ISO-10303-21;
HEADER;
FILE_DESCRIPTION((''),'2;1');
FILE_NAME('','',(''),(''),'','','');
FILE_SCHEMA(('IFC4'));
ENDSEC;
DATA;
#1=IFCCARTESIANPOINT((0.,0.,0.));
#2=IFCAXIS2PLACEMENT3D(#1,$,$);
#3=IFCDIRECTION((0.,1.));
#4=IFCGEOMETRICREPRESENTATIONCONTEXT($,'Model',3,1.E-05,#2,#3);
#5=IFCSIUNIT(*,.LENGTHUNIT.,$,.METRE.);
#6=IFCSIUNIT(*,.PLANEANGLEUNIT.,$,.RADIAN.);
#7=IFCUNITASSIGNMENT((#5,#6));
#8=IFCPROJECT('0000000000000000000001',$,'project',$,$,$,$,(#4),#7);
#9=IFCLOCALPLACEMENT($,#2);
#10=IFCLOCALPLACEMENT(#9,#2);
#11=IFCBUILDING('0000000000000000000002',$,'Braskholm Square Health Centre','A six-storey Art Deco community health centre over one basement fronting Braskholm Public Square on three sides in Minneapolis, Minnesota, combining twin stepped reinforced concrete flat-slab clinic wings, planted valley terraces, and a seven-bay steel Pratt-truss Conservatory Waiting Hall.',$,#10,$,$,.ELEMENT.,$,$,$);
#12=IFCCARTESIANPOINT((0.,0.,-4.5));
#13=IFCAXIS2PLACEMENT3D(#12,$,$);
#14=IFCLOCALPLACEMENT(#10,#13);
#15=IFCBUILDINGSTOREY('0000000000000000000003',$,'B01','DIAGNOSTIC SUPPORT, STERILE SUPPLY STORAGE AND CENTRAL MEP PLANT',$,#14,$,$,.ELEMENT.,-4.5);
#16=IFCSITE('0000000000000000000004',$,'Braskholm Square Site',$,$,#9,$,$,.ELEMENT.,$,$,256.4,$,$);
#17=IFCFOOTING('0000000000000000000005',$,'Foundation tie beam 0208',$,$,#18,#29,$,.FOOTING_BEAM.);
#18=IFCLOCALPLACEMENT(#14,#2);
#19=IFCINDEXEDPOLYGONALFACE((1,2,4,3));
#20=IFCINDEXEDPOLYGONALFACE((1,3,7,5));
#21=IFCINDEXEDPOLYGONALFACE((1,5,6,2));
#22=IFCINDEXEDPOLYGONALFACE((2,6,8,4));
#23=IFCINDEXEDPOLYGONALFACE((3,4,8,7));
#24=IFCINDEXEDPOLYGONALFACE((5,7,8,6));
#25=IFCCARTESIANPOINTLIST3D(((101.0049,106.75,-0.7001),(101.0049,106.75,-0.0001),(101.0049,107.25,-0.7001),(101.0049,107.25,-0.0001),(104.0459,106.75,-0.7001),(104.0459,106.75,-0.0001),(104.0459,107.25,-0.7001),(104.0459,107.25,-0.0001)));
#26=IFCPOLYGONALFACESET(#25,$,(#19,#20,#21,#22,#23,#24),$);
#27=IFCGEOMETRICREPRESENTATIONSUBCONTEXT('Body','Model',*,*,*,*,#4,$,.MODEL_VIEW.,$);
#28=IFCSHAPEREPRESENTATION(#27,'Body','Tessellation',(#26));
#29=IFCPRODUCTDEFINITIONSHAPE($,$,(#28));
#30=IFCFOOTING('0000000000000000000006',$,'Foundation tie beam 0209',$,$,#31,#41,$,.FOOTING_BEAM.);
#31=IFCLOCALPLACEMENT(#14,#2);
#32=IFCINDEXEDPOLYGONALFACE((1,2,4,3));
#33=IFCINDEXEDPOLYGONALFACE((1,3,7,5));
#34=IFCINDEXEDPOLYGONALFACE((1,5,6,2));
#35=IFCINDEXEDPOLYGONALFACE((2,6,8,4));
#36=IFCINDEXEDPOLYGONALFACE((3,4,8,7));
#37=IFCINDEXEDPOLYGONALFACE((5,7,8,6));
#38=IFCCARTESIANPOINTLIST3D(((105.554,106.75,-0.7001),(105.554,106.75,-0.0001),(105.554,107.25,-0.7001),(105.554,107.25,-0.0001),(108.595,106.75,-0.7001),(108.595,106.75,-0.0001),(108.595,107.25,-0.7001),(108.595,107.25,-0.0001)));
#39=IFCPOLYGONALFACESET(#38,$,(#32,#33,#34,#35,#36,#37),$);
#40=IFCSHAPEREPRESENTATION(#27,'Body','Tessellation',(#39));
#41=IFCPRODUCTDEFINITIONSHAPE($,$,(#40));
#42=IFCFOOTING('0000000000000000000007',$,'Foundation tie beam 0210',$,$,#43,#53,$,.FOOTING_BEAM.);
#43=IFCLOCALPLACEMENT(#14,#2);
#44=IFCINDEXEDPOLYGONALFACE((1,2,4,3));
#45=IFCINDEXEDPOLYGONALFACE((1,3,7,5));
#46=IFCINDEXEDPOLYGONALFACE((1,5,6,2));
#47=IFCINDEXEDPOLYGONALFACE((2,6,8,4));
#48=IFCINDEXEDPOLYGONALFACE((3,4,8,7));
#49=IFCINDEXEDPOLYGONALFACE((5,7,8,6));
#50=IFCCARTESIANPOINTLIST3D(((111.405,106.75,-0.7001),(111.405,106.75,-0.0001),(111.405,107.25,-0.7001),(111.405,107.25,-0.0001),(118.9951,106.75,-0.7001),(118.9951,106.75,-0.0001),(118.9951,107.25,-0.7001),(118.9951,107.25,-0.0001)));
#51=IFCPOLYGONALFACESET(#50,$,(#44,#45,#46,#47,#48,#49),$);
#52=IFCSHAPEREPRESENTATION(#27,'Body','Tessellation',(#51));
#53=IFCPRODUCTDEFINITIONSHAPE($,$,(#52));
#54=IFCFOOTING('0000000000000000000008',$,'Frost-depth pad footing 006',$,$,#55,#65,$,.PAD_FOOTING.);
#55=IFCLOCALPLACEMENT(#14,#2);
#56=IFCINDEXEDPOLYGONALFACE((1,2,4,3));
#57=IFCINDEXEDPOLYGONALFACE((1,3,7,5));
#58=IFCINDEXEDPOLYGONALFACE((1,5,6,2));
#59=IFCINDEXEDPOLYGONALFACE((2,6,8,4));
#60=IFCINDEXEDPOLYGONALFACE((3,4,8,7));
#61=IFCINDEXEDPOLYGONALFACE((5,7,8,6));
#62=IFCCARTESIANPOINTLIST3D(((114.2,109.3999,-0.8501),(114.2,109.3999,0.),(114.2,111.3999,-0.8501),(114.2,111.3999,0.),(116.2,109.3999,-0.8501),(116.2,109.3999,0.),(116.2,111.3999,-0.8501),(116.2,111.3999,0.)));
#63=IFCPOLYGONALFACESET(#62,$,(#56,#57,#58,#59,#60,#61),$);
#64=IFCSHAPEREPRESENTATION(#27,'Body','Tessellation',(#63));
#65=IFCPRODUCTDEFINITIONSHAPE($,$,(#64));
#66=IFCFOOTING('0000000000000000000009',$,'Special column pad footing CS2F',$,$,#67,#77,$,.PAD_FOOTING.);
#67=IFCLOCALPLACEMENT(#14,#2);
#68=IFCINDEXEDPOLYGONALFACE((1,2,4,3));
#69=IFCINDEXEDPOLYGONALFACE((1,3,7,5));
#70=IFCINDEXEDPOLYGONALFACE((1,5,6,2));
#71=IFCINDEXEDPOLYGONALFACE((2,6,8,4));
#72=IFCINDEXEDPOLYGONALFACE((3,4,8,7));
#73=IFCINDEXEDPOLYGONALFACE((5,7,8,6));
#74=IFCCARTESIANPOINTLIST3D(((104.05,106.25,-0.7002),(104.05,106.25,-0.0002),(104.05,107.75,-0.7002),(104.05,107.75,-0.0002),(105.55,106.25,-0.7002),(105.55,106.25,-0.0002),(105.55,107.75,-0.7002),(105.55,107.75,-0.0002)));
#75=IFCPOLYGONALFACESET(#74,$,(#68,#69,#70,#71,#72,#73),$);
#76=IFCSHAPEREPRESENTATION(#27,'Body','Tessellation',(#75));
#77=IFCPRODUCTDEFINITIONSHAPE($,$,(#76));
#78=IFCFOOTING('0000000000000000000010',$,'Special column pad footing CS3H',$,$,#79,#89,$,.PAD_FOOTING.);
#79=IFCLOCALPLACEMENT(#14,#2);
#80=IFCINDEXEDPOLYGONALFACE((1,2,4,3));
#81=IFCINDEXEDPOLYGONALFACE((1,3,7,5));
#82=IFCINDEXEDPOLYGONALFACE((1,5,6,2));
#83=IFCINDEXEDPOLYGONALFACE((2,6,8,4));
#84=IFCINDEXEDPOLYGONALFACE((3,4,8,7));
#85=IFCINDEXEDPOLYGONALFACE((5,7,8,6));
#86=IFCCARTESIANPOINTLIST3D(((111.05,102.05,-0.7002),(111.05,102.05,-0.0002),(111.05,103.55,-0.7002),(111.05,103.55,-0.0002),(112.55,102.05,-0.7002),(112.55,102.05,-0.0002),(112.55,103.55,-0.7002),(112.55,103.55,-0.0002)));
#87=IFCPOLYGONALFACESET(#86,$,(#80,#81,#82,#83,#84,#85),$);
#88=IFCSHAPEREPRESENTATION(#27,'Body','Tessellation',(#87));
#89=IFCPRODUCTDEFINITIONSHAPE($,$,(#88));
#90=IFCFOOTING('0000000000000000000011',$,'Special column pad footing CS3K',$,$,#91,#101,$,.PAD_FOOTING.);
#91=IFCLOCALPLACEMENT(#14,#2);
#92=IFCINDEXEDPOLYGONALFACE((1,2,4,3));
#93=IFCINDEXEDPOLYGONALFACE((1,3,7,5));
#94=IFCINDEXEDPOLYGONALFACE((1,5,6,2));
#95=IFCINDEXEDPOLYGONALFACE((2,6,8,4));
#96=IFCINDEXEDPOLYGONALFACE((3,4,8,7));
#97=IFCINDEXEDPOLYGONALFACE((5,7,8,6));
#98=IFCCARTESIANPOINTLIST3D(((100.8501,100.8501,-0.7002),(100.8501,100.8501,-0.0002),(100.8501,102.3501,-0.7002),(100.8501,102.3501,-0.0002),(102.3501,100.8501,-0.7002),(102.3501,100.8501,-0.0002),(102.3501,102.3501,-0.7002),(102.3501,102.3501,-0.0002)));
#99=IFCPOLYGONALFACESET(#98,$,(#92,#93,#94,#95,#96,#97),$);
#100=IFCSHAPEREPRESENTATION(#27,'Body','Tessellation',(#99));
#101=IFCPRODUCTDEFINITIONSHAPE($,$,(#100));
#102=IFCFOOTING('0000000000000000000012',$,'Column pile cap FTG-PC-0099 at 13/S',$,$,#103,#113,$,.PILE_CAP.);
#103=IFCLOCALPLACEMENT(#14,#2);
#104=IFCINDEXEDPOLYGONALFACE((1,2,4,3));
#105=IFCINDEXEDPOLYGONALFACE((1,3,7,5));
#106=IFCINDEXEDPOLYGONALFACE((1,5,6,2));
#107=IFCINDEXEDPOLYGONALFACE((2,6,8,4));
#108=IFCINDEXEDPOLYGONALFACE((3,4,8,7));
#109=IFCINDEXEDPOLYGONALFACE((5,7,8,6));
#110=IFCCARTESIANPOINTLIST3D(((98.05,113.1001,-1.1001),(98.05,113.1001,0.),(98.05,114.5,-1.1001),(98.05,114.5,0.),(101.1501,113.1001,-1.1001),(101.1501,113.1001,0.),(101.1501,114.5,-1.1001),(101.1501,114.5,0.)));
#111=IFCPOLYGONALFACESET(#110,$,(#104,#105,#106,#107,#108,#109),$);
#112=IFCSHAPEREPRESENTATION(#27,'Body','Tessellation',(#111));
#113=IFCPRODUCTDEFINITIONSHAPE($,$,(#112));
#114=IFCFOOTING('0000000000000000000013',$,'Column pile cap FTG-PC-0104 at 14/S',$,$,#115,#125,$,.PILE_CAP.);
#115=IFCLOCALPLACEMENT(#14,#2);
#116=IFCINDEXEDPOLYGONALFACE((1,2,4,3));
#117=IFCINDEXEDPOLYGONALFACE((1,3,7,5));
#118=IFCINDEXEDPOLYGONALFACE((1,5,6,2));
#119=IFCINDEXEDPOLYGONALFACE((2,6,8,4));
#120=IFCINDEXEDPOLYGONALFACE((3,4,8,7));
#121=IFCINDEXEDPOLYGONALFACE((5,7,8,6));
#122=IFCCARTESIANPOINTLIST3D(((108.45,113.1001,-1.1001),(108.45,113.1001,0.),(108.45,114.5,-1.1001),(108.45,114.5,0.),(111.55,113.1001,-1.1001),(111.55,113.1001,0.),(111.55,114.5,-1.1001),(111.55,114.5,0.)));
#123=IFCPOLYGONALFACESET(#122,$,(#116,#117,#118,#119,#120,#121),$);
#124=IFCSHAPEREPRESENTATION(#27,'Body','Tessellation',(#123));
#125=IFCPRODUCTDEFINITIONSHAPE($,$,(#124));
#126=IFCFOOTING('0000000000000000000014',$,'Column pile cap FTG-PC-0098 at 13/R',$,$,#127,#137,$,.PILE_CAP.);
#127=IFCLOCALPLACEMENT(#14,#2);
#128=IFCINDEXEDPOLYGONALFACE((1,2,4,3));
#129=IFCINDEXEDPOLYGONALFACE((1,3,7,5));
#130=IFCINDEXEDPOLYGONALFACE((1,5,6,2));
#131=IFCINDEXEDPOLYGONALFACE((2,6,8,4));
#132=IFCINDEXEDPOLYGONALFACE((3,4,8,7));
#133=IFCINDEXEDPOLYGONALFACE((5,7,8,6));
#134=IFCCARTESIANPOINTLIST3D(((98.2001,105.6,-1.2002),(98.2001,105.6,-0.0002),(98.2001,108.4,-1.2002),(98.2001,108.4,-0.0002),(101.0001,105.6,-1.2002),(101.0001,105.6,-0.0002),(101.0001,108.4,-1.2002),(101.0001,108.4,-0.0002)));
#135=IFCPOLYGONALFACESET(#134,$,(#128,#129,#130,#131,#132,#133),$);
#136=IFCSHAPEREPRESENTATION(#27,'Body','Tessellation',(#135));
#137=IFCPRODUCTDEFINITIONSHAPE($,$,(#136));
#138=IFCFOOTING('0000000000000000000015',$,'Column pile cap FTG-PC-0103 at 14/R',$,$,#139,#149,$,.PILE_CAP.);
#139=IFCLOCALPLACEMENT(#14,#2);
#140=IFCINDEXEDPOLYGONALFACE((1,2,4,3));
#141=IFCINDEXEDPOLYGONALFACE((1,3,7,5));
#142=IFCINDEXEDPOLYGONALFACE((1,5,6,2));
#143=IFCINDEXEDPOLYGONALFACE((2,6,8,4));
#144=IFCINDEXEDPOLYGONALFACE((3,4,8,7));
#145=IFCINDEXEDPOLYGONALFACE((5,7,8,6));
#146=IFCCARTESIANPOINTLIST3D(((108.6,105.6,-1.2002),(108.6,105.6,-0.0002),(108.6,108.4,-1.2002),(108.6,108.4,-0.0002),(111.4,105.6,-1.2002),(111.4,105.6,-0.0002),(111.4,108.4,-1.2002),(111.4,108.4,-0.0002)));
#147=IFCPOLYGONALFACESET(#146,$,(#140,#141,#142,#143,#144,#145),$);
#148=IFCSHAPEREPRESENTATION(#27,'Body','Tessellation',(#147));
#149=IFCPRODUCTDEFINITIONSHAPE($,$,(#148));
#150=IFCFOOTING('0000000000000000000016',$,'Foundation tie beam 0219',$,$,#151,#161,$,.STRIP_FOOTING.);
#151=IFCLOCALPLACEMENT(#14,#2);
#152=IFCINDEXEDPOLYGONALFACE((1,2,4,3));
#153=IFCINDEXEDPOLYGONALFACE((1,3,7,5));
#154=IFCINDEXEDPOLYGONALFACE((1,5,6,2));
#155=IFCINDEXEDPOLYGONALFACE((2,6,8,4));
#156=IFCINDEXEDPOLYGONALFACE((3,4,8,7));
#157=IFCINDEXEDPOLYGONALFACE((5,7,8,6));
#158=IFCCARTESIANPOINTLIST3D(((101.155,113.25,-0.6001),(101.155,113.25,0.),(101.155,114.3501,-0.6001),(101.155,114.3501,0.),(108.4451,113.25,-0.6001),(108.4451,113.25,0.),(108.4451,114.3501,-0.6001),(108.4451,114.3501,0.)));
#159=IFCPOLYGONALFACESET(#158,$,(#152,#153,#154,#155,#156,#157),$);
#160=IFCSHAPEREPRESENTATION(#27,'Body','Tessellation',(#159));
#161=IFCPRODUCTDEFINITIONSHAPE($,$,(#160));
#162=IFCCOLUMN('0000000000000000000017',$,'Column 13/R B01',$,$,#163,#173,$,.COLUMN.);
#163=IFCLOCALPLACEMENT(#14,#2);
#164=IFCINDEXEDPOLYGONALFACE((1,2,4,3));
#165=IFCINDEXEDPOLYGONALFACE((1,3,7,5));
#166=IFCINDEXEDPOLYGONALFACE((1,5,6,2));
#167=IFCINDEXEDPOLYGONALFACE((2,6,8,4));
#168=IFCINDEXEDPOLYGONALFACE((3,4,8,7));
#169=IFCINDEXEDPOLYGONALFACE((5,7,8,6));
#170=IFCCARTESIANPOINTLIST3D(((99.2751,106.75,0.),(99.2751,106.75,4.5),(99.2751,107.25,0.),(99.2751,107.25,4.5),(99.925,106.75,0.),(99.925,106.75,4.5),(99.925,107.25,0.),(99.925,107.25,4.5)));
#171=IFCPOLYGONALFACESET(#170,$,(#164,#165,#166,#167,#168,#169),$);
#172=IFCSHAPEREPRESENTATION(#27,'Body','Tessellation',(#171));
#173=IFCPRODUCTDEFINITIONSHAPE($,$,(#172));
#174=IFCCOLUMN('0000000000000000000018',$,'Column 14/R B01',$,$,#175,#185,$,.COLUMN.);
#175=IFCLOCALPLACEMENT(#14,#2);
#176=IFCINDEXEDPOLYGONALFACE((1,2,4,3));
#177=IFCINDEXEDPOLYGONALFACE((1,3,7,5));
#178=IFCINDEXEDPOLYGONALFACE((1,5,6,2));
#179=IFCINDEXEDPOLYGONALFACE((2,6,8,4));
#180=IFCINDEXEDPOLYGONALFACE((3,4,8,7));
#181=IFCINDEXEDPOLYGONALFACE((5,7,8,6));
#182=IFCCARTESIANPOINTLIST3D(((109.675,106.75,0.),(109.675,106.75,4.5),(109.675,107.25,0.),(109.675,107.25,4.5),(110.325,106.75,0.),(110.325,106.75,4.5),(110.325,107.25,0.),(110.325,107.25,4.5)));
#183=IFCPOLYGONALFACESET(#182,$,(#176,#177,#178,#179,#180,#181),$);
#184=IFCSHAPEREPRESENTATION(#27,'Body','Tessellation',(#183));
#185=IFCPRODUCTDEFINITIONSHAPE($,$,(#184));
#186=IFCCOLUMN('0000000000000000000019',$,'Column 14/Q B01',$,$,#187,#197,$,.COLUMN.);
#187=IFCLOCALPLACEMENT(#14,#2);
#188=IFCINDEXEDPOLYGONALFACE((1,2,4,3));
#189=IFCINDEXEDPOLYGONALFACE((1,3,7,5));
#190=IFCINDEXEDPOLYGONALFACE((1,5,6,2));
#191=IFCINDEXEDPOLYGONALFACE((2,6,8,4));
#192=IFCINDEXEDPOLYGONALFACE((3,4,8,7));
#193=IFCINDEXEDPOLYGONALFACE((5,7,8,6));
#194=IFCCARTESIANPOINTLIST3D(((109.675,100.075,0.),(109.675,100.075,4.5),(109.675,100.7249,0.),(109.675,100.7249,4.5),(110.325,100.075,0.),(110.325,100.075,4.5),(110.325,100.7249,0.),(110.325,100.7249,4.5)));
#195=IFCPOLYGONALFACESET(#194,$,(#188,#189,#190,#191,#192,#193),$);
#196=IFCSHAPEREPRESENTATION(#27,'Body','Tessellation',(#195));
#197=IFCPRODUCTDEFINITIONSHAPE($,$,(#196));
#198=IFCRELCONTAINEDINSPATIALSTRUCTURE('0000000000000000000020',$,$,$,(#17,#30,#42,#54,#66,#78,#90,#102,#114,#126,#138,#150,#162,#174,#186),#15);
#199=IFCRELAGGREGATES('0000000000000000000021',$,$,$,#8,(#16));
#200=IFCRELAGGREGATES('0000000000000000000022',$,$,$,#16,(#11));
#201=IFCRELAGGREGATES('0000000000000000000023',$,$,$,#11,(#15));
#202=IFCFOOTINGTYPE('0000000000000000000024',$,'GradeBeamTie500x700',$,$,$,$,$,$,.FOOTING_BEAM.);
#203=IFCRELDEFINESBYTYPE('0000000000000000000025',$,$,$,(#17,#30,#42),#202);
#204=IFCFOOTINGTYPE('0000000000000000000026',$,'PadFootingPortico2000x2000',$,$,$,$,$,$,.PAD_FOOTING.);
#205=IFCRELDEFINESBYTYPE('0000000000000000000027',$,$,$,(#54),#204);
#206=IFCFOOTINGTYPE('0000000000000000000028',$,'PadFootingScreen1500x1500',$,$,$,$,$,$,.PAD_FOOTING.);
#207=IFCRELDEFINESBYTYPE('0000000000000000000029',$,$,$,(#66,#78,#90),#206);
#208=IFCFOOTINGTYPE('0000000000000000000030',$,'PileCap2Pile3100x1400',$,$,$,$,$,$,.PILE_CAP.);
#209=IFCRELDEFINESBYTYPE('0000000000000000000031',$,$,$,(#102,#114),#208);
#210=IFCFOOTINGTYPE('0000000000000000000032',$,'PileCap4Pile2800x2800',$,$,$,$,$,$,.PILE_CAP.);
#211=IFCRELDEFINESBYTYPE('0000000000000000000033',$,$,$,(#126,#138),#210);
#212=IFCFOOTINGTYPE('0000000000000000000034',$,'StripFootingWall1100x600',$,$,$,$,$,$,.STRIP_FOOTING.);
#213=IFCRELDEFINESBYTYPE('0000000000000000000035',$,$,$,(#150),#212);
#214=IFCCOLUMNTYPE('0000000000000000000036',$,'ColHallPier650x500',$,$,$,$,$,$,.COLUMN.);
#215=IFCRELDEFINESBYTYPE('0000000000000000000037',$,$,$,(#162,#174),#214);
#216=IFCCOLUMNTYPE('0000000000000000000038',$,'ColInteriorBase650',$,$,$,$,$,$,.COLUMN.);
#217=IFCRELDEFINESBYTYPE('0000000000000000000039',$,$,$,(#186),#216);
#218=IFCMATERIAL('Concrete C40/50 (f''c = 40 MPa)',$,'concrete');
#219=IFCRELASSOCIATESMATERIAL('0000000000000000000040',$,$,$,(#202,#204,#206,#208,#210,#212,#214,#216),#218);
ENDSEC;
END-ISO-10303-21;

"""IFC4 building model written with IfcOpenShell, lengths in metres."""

from ifc_helpers import new_model, si_unit, direction, frame, origin, origin_2d, place, context, subcontext, project, spatial, rectangle, extrude, material, material_profile, profile_set, type_object, element, save


model = new_model("IFC4")

# Units and contexts
model_context = context("Model", 3, precision=1e-05, world=origin(), true_north=direction((0.0, 1.0)))
body_context = subcontext(model_context, "Body", "Model", "MODEL_VIEW")
ifc_project = project(units=[si_unit("LENGTHUNIT", "METRE"), si_unit("PLANEANGLEUNIT", "RADIAN")], contexts=[model_context])

# Site, building, storey
site_placement = place(None, origin())
site = spatial("IfcSite", under=ifc_project, at=site_placement, Name="Braskholm Square Site", CompositionType="ELEMENT", RefElevation=256.4)
building_placement = place(site_placement, origin())
building = spatial("IfcBuilding", under=site, at=building_placement, Name="Braskholm Square Health Centre", Description="A six-storey Art Deco community health centre over one basement fronting Braskholm Public Square on three sides in Minneapolis, Minnesota, combining twin stepped reinforced concrete flat-slab clinic wings, planted valley terraces, and a seven-bay steel Pratt-truss Conservatory Waiting Hall.", CompositionType="ELEMENT")
storey_placement = place(building_placement, frame((0.0, 0.0, -4.5)))
storey = spatial("IfcBuildingStorey", under=building, at=storey_placement, Name="B01", Description="DIAGNOSTIC SUPPORT, STERILE SUPPLY STORAGE AND CENTRAL MEP PLANT", CompositionType="ELEMENT", Elevation=-4.5)

# Shared definitions
ifc_material_1 = material(Name="Concrete C40/50 (f'c = 40 MPa)", Category="concrete")

# Footings
ifc_material_profile_1 = material_profile(ifc_material_1, rectangle(XDim=0.5, YDim=0.7, at=origin_2d()), Name="FTG-500X700")
ifc_profile_set_1 = profile_set([ifc_material_profile_1], Name="Concrete C40/50 (f'c = 40 MPa)")
footing_type_1 = type_object("IfcFootingType", Name="GradeBeamTie500x700", PredefinedType="FOOTING_BEAM", material=ifc_profile_set_1)
for number, where, z_axis, x_axis, name in (
    (1, (101.0049, 107.0, -0.3501), (1.0, 0.0, 0.0), (0.0, 1.0, 0.0), "Foundation tie beam 0208"),
    (2, (105.554, 107.0, -0.3501), (1.0, 0.0, 0.0), (0.0, 1.0, 0.0), "Foundation tie beam 0209"),
):
    element("IfcFooting", number, at=place(storey_placement, frame(where, z_axis=z_axis, x_axis=x_axis)), inside=storey, type_object=footing_type_1, Name=name, PredefinedType="FOOTING_BEAM", context=body_context, shape_type="SweptSolid", body=[
        extrude(rectangle(XDim=0.5, YDim=0.7, at=origin_2d()), origin(), (0.0, 0.0, 1.0), 3.041),
    ])
footing_1_placement = place(storey_placement, frame((111.405, 107.0, -0.3501), z_axis=(1.0, 0.0, 0.0), x_axis=(0.0, 1.0, 0.0)))
element("IfcFooting", 3, at=footing_1_placement, inside=storey, type_object=footing_type_1, Name="Foundation tie beam 0210", PredefinedType="FOOTING_BEAM", context=body_context, shape_type="SweptSolid", body=[
    extrude(rectangle(XDim=0.5, YDim=0.7, at=origin_2d()), origin(), (0.0, 0.0, 1.0), 7.5901),
])
footing_type_2 = type_object("IfcFootingType", Name="PadFootingPortico2000x2000", PredefinedType="PAD_FOOTING", material=ifc_material_1)
footing_2_placement = place(storey_placement, frame((115.2, 110.3999, -0.8501), z_axis=(0.0, 0.0, 1.0), x_axis=(1.0, 0.0, 0.0)))
element("IfcFooting", 4, at=footing_2_placement, inside=storey, type_object=footing_type_2, Name="Frost-depth pad footing 006", PredefinedType="PAD_FOOTING", context=body_context, shape_type="SweptSolid", body=[
    extrude(rectangle(XDim=2.0, YDim=2.0, at=origin_2d()), origin(), (0.0, 0.0, 1.0), 0.8501),
])
footing_type_3 = type_object("IfcFootingType", Name="PadFootingScreen1500x1500", PredefinedType="PAD_FOOTING", material=ifc_material_1)
for number, where, z_axis, x_axis, name in (
    (5, (104.8, 107.0, -0.7002), (0.0, 0.0, 1.0), (1.0, 0.0, 0.0), "Special column pad footing CS2F"),
    (6, (111.8, 102.8, -0.7002), (0.0, 0.0, 1.0), (1.0, 0.0, 0.0), "Special column pad footing CS3H"),
    (7, (101.6001, 101.6001, -0.7002), (0.0, 0.0, 1.0), (1.0, 0.0, 0.0), "Special column pad footing CS3K"),
):
    element("IfcFooting", number, at=place(storey_placement, frame(where, z_axis=z_axis, x_axis=x_axis)), inside=storey, type_object=footing_type_3, Name=name, PredefinedType="PAD_FOOTING", context=body_context, shape_type="SweptSolid", body=[
        extrude(rectangle(XDim=1.5, YDim=1.5, at=origin_2d()), origin(), (0.0, 0.0, 1.0), 0.7),
    ])
footing_type_4 = type_object("IfcFootingType", Name="PileCap2Pile3100x1400", PredefinedType="PILE_CAP", material=ifc_material_1)
for number, where, z_axis, x_axis, name in (
    (8, (99.6001, 113.8, -1.1001), (0.0, 0.0, 1.0), (1.0, 0.0, 0.0), "Column pile cap FTG-PC-0099 at 13/S"),
    (9, (110.0, 113.8, -1.1001), (0.0, 0.0, 1.0), (1.0, 0.0, 0.0), "Column pile cap FTG-PC-0104 at 14/S"),
):
    element("IfcFooting", number, at=place(storey_placement, frame(where, z_axis=z_axis, x_axis=x_axis)), inside=storey, type_object=footing_type_4, Name=name, PredefinedType="PILE_CAP", context=body_context, shape_type="SweptSolid", body=[
        extrude(rectangle(XDim=3.1001, YDim=1.3999, at=origin_2d()), origin(), (0.0, 0.0, 1.0), 1.1001),
    ])
footing_type_5 = type_object("IfcFootingType", Name="PileCap4Pile2800x2800", PredefinedType="PILE_CAP", material=ifc_material_1)
for number, where, z_axis, x_axis, name in (
    (10, (99.6001, 107.0, -1.2002), (0.0, 0.0, 1.0), (1.0, 0.0, 0.0), "Column pile cap FTG-PC-0098 at 13/R"),
    (11, (110.0, 107.0, -1.2002), (0.0, 0.0, 1.0), (1.0, 0.0, 0.0), "Column pile cap FTG-PC-0103 at 14/R"),
):
    element("IfcFooting", number, at=place(storey_placement, frame(where, z_axis=z_axis, x_axis=x_axis)), inside=storey, type_object=footing_type_5, Name=name, PredefinedType="PILE_CAP", context=body_context, shape_type="SweptSolid", body=[
        extrude(rectangle(XDim=2.8, YDim=2.8, at=origin_2d()), origin(), (0.0, 0.0, 1.0), 1.2),
    ])
ifc_material_profile_2 = material_profile(ifc_material_1, rectangle(XDim=1.1001, YDim=0.6001, at=origin_2d()), Name="FTG-1100X600")
ifc_profile_set_2 = profile_set([ifc_material_profile_2], Name="Concrete C40/50 (f'c = 40 MPa)")
footing_type_6 = type_object("IfcFootingType", Name="StripFootingWall1100x600", PredefinedType="STRIP_FOOTING", material=ifc_profile_set_2)
footing_3_placement = place(storey_placement, frame((101.155, 113.8, -0.3), z_axis=(1.0, 0.0, 0.0), x_axis=(0.0, 1.0, 0.0)))
element("IfcFooting", 12, at=footing_3_placement, inside=storey, type_object=footing_type_6, Name="Foundation tie beam 0219", PredefinedType="STRIP_FOOTING", context=body_context, shape_type="SweptSolid", body=[
    extrude(rectangle(XDim=1.1001, YDim=0.6001, at=origin_2d()), origin(), (0.0, 0.0, 1.0), 7.29),
])

# Columns
ifc_material_profile_3 = material_profile(ifc_material_1, rectangle(XDim=0.6499, YDim=0.5, at=origin_2d()), Name="RC-650X500")
ifc_profile_set_3 = profile_set([ifc_material_profile_3], Name="Concrete C40/50 (f'c = 40 MPa)")
column_type_1 = type_object("IfcColumnType", Name="ColHallPier650x500", PredefinedType="COLUMN", material=ifc_profile_set_3)
for number, where, z_axis, x_axis, name in (
    (13, (99.6001, 107.0, 0.0), (0.0, 0.0, 1.0), (1.0, 0.0, 0.0), "Column 13/R B01"),
    (14, (110.0, 107.0, 0.0), (0.0, 0.0, 1.0), (1.0, 0.0, 0.0), "Column 14/R B01"),
):
    element("IfcColumn", number, at=place(storey_placement, frame(where, z_axis=z_axis, x_axis=x_axis)), inside=storey, type_object=column_type_1, Name=name, PredefinedType="COLUMN", context=body_context, shape_type="SweptSolid", body=[
        extrude(rectangle(XDim=0.6499, YDim=0.5, at=origin_2d()), origin(), (0.0, 0.0, 1.0), 4.5),
    ])
ifc_material_profile_4 = material_profile(ifc_material_1, rectangle(XDim=0.6499, YDim=0.6499, at=origin_2d()), Name="RC-650X650")
ifc_profile_set_4 = profile_set([ifc_material_profile_4], Name="Concrete C40/50 (f'c = 40 MPa)")
column_type_2 = type_object("IfcColumnType", Name="ColInteriorBase650", PredefinedType="COLUMN", material=ifc_profile_set_4)
for number, where, z_axis, x_axis, name in (
    (15, (110.0, 100.3999, 0.0), (0.0, 0.0, 1.0), (1.0, 0.0, 0.0), "Column 14/Q B01"),
):
    element("IfcColumn", number, at=place(storey_placement, frame(where, z_axis=z_axis, x_axis=x_axis)), inside=storey, type_object=column_type_2, Name=name, PredefinedType="COLUMN", context=body_context, shape_type="SweptSolid", body=[
        extrude(rectangle(XDim=0.6499, YDim=0.6499, at=origin_2d()), origin(), (0.0, 0.0, 1.0), 4.5),
    ])

save(model, "model.ifc")
